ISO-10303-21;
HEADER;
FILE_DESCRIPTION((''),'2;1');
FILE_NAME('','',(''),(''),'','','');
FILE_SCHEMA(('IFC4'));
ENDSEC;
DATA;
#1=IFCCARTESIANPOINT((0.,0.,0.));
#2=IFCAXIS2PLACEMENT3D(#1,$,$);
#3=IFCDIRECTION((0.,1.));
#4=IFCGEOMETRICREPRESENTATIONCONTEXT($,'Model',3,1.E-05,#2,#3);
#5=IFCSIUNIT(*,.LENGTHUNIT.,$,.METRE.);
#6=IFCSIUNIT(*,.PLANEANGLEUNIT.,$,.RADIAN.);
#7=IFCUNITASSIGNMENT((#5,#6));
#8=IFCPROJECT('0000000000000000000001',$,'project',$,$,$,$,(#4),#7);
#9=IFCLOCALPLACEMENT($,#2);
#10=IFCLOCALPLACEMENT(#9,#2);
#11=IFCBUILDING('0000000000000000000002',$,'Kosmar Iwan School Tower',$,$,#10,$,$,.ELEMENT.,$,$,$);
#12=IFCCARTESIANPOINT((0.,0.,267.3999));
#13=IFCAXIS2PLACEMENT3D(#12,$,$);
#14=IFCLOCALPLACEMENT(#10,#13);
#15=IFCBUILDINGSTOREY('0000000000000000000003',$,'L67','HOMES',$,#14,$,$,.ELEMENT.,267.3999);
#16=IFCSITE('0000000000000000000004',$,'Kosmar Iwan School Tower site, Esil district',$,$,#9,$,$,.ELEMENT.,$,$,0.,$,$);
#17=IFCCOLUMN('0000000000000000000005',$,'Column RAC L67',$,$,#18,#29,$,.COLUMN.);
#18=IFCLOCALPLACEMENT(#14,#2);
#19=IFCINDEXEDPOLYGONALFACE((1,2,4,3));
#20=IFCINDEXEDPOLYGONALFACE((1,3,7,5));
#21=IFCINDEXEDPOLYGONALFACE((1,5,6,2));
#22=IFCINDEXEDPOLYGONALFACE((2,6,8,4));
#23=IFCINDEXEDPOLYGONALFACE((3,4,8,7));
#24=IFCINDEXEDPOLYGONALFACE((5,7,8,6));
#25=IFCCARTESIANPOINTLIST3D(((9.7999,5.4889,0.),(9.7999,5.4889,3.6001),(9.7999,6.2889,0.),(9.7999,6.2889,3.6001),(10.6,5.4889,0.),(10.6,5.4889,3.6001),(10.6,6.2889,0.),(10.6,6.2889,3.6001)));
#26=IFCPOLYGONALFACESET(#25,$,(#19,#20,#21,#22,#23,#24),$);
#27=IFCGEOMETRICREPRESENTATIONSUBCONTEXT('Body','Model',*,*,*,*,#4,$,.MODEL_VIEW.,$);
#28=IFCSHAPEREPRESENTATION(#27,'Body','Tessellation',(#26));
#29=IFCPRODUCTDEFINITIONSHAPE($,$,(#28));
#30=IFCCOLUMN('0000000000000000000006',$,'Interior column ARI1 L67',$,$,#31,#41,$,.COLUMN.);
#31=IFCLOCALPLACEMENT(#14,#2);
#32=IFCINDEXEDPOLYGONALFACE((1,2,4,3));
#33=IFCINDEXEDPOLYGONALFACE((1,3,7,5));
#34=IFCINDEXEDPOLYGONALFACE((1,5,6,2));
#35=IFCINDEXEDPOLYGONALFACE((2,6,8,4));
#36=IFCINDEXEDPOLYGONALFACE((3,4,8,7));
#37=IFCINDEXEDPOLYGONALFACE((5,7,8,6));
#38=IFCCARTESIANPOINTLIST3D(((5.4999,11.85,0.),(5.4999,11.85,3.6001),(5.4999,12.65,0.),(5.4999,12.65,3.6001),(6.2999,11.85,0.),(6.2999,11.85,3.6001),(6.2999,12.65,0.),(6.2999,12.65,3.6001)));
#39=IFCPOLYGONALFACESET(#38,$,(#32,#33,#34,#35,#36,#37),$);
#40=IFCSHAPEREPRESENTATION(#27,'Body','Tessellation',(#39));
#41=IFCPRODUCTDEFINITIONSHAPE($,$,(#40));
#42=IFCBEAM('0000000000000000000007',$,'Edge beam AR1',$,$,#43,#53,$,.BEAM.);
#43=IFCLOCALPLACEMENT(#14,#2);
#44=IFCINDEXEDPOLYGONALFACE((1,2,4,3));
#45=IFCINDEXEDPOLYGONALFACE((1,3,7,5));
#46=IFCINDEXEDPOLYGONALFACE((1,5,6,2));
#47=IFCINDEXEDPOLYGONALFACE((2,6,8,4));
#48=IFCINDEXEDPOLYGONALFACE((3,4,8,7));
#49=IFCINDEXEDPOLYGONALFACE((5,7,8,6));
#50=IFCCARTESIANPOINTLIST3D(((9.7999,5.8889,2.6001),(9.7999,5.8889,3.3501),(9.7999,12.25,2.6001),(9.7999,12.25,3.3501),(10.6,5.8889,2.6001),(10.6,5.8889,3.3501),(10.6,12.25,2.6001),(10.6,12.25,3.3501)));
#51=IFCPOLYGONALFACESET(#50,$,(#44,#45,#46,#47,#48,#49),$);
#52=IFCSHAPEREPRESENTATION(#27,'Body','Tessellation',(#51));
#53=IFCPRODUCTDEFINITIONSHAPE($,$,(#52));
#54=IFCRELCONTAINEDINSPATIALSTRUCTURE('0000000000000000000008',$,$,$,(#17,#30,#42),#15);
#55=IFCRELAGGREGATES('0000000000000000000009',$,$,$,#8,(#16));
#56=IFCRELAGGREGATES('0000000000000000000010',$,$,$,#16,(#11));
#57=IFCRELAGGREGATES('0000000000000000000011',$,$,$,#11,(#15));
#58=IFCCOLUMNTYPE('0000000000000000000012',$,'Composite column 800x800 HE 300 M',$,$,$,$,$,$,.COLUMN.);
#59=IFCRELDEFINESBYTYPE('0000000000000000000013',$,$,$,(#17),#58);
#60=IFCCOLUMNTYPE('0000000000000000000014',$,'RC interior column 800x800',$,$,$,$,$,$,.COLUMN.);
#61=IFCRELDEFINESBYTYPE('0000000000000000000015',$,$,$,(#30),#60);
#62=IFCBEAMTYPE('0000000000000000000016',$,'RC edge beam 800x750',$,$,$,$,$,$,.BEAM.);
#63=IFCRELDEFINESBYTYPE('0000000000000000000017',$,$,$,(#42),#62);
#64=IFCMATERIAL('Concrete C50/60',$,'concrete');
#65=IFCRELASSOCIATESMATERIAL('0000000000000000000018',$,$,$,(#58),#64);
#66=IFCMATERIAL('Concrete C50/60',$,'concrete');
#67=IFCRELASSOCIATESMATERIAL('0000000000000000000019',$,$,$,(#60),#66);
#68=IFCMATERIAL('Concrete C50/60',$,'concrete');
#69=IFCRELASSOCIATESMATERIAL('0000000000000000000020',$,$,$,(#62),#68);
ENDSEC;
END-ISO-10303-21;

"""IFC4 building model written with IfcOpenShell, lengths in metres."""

from ifc_helpers import new_model, si_unit, direction, frame, origin, origin_2d, place, context, subcontext, project, spatial, rectangle, extrude, material, material_profile, profile_set, type_object, element, save


model = new_model("IFC4")

# Units and contexts
model_context = context("Model", 3, precision=1e-05, world=origin(), true_north=direction((0.0, 1.0)))
body_context = subcontext(model_context, "Body", "Model", "MODEL_VIEW")
ifc_project = project(units=[si_unit("LENGTHUNIT", "METRE"), si_unit("PLANEANGLEUNIT", "RADIAN")], contexts=[model_context])

# Site, building, storey
site_placement = place(None, origin())
site = spatial("IfcSite", under=ifc_project, at=site_placement, Name="Kosmar Iwan School Tower site, Esil district", CompositionType="ELEMENT", RefElevation=0.0)
building_placement = place(site_placement, origin())
building = spatial("IfcBuilding", under=site, at=building_placement, Name="Kosmar Iwan School Tower", CompositionType="ELEMENT")
storey_placement = place(building_placement, frame((0.0, 0.0, 267.3999)))
storey = spatial("IfcBuildingStorey", under=building, at=storey_placement, Name="L67", Description="HOMES", CompositionType="ELEMENT", Elevation=267.3999)

# Columns
ifc_material_1 = material(Name="Concrete C50/60", Category="concrete")
ifc_material_profile_1 = material_profile(ifc_material_1, rectangle(XDim=0.8, YDim=0.8, at=origin_2d()), Name="RC 800x800 + HE 300 M")
ifc_profile_set_1 = profile_set([ifc_material_profile_1], Name="Concrete C50/60")
column_type_1 = type_object("IfcColumnType", Name="Composite column 800x800 HE 300 M", PredefinedType="COLUMN", material=ifc_profile_set_1)
column_1_placement = place(storey_placement, frame((10.2, 5.8889, 0.0), z_axis=(0.0, 0.0, 1.0), x_axis=(1.0, 0.0, 0.0)))
element("IfcColumn", 1, at=column_1_placement, inside=storey, type_object=column_type_1, Name="Column RAC L67", PredefinedType="COLUMN", context=body_context, shape_type="SweptSolid", body=[
    extrude(rectangle(XDim=0.8, YDim=0.8, at=origin_2d()), origin(), (0.0, 0.0, 1.0), 3.6001),
])
ifc_material_2 = material(Name="Concrete C50/60", Category="concrete")
ifc_material_profile_2 = material_profile(ifc_material_2, rectangle(XDim=0.8, YDim=0.8, at=origin_2d()), Name="RC 800x800")
ifc_profile_set_2 = profile_set([ifc_material_profile_2], Name="Concrete C50/60")
column_type_2 = type_object("IfcColumnType", Name="RC interior column 800x800", PredefinedType="COLUMN", material=ifc_profile_set_2)
column_2_placement = place(storey_placement, frame((5.8999, 12.25, 0.0), z_axis=(0.0, 0.0, 1.0), x_axis=(0.0, 1.0, 0.0)))
element("IfcColumn", 2, at=column_2_placement, inside=storey, type_object=column_type_2, Name="Interior column ARI1 L67", PredefinedType="COLUMN", context=body_context, shape_type="SweptSolid", body=[
    extrude(rectangle(XDim=0.8, YDim=0.8, at=origin_2d()), origin(), (0.0, 0.0, 1.0), 3.6001),
])

# Beam
ifc_material_3 = material(Name="Concrete C50/60", Category="concrete")
ifc_material_profile_3 = material_profile(ifc_material_3, rectangle(XDim=0.8, YDim=0.75, at=origin_2d()), Name="RC 800x750")
ifc_profile_set_3 = profile_set([ifc_material_profile_3], Name="Concrete C50/60")
beam_type = type_object("IfcBeamType", Name="RC edge beam 800x750", PredefinedType="BEAM", material=ifc_profile_set_3)
beam_placement = place(storey_placement, frame((10.2, 5.8889, 2.9751), z_axis=(0.0, 1.0, 0.0), x_axis=(-1.0, 0.0, 0.0)))
element("IfcBeam", 3, at=beam_placement, inside=storey, type_object=beam_type, Name="Edge beam AR1", PredefinedType="BEAM", context=body_context, shape_type="SweptSolid", body=[
    extrude(rectangle(XDim=0.8, YDim=0.75, at=origin_2d()), origin(), (0.0, 0.0, 1.0), 6.3611),
])

save(model, "model.ifc")
